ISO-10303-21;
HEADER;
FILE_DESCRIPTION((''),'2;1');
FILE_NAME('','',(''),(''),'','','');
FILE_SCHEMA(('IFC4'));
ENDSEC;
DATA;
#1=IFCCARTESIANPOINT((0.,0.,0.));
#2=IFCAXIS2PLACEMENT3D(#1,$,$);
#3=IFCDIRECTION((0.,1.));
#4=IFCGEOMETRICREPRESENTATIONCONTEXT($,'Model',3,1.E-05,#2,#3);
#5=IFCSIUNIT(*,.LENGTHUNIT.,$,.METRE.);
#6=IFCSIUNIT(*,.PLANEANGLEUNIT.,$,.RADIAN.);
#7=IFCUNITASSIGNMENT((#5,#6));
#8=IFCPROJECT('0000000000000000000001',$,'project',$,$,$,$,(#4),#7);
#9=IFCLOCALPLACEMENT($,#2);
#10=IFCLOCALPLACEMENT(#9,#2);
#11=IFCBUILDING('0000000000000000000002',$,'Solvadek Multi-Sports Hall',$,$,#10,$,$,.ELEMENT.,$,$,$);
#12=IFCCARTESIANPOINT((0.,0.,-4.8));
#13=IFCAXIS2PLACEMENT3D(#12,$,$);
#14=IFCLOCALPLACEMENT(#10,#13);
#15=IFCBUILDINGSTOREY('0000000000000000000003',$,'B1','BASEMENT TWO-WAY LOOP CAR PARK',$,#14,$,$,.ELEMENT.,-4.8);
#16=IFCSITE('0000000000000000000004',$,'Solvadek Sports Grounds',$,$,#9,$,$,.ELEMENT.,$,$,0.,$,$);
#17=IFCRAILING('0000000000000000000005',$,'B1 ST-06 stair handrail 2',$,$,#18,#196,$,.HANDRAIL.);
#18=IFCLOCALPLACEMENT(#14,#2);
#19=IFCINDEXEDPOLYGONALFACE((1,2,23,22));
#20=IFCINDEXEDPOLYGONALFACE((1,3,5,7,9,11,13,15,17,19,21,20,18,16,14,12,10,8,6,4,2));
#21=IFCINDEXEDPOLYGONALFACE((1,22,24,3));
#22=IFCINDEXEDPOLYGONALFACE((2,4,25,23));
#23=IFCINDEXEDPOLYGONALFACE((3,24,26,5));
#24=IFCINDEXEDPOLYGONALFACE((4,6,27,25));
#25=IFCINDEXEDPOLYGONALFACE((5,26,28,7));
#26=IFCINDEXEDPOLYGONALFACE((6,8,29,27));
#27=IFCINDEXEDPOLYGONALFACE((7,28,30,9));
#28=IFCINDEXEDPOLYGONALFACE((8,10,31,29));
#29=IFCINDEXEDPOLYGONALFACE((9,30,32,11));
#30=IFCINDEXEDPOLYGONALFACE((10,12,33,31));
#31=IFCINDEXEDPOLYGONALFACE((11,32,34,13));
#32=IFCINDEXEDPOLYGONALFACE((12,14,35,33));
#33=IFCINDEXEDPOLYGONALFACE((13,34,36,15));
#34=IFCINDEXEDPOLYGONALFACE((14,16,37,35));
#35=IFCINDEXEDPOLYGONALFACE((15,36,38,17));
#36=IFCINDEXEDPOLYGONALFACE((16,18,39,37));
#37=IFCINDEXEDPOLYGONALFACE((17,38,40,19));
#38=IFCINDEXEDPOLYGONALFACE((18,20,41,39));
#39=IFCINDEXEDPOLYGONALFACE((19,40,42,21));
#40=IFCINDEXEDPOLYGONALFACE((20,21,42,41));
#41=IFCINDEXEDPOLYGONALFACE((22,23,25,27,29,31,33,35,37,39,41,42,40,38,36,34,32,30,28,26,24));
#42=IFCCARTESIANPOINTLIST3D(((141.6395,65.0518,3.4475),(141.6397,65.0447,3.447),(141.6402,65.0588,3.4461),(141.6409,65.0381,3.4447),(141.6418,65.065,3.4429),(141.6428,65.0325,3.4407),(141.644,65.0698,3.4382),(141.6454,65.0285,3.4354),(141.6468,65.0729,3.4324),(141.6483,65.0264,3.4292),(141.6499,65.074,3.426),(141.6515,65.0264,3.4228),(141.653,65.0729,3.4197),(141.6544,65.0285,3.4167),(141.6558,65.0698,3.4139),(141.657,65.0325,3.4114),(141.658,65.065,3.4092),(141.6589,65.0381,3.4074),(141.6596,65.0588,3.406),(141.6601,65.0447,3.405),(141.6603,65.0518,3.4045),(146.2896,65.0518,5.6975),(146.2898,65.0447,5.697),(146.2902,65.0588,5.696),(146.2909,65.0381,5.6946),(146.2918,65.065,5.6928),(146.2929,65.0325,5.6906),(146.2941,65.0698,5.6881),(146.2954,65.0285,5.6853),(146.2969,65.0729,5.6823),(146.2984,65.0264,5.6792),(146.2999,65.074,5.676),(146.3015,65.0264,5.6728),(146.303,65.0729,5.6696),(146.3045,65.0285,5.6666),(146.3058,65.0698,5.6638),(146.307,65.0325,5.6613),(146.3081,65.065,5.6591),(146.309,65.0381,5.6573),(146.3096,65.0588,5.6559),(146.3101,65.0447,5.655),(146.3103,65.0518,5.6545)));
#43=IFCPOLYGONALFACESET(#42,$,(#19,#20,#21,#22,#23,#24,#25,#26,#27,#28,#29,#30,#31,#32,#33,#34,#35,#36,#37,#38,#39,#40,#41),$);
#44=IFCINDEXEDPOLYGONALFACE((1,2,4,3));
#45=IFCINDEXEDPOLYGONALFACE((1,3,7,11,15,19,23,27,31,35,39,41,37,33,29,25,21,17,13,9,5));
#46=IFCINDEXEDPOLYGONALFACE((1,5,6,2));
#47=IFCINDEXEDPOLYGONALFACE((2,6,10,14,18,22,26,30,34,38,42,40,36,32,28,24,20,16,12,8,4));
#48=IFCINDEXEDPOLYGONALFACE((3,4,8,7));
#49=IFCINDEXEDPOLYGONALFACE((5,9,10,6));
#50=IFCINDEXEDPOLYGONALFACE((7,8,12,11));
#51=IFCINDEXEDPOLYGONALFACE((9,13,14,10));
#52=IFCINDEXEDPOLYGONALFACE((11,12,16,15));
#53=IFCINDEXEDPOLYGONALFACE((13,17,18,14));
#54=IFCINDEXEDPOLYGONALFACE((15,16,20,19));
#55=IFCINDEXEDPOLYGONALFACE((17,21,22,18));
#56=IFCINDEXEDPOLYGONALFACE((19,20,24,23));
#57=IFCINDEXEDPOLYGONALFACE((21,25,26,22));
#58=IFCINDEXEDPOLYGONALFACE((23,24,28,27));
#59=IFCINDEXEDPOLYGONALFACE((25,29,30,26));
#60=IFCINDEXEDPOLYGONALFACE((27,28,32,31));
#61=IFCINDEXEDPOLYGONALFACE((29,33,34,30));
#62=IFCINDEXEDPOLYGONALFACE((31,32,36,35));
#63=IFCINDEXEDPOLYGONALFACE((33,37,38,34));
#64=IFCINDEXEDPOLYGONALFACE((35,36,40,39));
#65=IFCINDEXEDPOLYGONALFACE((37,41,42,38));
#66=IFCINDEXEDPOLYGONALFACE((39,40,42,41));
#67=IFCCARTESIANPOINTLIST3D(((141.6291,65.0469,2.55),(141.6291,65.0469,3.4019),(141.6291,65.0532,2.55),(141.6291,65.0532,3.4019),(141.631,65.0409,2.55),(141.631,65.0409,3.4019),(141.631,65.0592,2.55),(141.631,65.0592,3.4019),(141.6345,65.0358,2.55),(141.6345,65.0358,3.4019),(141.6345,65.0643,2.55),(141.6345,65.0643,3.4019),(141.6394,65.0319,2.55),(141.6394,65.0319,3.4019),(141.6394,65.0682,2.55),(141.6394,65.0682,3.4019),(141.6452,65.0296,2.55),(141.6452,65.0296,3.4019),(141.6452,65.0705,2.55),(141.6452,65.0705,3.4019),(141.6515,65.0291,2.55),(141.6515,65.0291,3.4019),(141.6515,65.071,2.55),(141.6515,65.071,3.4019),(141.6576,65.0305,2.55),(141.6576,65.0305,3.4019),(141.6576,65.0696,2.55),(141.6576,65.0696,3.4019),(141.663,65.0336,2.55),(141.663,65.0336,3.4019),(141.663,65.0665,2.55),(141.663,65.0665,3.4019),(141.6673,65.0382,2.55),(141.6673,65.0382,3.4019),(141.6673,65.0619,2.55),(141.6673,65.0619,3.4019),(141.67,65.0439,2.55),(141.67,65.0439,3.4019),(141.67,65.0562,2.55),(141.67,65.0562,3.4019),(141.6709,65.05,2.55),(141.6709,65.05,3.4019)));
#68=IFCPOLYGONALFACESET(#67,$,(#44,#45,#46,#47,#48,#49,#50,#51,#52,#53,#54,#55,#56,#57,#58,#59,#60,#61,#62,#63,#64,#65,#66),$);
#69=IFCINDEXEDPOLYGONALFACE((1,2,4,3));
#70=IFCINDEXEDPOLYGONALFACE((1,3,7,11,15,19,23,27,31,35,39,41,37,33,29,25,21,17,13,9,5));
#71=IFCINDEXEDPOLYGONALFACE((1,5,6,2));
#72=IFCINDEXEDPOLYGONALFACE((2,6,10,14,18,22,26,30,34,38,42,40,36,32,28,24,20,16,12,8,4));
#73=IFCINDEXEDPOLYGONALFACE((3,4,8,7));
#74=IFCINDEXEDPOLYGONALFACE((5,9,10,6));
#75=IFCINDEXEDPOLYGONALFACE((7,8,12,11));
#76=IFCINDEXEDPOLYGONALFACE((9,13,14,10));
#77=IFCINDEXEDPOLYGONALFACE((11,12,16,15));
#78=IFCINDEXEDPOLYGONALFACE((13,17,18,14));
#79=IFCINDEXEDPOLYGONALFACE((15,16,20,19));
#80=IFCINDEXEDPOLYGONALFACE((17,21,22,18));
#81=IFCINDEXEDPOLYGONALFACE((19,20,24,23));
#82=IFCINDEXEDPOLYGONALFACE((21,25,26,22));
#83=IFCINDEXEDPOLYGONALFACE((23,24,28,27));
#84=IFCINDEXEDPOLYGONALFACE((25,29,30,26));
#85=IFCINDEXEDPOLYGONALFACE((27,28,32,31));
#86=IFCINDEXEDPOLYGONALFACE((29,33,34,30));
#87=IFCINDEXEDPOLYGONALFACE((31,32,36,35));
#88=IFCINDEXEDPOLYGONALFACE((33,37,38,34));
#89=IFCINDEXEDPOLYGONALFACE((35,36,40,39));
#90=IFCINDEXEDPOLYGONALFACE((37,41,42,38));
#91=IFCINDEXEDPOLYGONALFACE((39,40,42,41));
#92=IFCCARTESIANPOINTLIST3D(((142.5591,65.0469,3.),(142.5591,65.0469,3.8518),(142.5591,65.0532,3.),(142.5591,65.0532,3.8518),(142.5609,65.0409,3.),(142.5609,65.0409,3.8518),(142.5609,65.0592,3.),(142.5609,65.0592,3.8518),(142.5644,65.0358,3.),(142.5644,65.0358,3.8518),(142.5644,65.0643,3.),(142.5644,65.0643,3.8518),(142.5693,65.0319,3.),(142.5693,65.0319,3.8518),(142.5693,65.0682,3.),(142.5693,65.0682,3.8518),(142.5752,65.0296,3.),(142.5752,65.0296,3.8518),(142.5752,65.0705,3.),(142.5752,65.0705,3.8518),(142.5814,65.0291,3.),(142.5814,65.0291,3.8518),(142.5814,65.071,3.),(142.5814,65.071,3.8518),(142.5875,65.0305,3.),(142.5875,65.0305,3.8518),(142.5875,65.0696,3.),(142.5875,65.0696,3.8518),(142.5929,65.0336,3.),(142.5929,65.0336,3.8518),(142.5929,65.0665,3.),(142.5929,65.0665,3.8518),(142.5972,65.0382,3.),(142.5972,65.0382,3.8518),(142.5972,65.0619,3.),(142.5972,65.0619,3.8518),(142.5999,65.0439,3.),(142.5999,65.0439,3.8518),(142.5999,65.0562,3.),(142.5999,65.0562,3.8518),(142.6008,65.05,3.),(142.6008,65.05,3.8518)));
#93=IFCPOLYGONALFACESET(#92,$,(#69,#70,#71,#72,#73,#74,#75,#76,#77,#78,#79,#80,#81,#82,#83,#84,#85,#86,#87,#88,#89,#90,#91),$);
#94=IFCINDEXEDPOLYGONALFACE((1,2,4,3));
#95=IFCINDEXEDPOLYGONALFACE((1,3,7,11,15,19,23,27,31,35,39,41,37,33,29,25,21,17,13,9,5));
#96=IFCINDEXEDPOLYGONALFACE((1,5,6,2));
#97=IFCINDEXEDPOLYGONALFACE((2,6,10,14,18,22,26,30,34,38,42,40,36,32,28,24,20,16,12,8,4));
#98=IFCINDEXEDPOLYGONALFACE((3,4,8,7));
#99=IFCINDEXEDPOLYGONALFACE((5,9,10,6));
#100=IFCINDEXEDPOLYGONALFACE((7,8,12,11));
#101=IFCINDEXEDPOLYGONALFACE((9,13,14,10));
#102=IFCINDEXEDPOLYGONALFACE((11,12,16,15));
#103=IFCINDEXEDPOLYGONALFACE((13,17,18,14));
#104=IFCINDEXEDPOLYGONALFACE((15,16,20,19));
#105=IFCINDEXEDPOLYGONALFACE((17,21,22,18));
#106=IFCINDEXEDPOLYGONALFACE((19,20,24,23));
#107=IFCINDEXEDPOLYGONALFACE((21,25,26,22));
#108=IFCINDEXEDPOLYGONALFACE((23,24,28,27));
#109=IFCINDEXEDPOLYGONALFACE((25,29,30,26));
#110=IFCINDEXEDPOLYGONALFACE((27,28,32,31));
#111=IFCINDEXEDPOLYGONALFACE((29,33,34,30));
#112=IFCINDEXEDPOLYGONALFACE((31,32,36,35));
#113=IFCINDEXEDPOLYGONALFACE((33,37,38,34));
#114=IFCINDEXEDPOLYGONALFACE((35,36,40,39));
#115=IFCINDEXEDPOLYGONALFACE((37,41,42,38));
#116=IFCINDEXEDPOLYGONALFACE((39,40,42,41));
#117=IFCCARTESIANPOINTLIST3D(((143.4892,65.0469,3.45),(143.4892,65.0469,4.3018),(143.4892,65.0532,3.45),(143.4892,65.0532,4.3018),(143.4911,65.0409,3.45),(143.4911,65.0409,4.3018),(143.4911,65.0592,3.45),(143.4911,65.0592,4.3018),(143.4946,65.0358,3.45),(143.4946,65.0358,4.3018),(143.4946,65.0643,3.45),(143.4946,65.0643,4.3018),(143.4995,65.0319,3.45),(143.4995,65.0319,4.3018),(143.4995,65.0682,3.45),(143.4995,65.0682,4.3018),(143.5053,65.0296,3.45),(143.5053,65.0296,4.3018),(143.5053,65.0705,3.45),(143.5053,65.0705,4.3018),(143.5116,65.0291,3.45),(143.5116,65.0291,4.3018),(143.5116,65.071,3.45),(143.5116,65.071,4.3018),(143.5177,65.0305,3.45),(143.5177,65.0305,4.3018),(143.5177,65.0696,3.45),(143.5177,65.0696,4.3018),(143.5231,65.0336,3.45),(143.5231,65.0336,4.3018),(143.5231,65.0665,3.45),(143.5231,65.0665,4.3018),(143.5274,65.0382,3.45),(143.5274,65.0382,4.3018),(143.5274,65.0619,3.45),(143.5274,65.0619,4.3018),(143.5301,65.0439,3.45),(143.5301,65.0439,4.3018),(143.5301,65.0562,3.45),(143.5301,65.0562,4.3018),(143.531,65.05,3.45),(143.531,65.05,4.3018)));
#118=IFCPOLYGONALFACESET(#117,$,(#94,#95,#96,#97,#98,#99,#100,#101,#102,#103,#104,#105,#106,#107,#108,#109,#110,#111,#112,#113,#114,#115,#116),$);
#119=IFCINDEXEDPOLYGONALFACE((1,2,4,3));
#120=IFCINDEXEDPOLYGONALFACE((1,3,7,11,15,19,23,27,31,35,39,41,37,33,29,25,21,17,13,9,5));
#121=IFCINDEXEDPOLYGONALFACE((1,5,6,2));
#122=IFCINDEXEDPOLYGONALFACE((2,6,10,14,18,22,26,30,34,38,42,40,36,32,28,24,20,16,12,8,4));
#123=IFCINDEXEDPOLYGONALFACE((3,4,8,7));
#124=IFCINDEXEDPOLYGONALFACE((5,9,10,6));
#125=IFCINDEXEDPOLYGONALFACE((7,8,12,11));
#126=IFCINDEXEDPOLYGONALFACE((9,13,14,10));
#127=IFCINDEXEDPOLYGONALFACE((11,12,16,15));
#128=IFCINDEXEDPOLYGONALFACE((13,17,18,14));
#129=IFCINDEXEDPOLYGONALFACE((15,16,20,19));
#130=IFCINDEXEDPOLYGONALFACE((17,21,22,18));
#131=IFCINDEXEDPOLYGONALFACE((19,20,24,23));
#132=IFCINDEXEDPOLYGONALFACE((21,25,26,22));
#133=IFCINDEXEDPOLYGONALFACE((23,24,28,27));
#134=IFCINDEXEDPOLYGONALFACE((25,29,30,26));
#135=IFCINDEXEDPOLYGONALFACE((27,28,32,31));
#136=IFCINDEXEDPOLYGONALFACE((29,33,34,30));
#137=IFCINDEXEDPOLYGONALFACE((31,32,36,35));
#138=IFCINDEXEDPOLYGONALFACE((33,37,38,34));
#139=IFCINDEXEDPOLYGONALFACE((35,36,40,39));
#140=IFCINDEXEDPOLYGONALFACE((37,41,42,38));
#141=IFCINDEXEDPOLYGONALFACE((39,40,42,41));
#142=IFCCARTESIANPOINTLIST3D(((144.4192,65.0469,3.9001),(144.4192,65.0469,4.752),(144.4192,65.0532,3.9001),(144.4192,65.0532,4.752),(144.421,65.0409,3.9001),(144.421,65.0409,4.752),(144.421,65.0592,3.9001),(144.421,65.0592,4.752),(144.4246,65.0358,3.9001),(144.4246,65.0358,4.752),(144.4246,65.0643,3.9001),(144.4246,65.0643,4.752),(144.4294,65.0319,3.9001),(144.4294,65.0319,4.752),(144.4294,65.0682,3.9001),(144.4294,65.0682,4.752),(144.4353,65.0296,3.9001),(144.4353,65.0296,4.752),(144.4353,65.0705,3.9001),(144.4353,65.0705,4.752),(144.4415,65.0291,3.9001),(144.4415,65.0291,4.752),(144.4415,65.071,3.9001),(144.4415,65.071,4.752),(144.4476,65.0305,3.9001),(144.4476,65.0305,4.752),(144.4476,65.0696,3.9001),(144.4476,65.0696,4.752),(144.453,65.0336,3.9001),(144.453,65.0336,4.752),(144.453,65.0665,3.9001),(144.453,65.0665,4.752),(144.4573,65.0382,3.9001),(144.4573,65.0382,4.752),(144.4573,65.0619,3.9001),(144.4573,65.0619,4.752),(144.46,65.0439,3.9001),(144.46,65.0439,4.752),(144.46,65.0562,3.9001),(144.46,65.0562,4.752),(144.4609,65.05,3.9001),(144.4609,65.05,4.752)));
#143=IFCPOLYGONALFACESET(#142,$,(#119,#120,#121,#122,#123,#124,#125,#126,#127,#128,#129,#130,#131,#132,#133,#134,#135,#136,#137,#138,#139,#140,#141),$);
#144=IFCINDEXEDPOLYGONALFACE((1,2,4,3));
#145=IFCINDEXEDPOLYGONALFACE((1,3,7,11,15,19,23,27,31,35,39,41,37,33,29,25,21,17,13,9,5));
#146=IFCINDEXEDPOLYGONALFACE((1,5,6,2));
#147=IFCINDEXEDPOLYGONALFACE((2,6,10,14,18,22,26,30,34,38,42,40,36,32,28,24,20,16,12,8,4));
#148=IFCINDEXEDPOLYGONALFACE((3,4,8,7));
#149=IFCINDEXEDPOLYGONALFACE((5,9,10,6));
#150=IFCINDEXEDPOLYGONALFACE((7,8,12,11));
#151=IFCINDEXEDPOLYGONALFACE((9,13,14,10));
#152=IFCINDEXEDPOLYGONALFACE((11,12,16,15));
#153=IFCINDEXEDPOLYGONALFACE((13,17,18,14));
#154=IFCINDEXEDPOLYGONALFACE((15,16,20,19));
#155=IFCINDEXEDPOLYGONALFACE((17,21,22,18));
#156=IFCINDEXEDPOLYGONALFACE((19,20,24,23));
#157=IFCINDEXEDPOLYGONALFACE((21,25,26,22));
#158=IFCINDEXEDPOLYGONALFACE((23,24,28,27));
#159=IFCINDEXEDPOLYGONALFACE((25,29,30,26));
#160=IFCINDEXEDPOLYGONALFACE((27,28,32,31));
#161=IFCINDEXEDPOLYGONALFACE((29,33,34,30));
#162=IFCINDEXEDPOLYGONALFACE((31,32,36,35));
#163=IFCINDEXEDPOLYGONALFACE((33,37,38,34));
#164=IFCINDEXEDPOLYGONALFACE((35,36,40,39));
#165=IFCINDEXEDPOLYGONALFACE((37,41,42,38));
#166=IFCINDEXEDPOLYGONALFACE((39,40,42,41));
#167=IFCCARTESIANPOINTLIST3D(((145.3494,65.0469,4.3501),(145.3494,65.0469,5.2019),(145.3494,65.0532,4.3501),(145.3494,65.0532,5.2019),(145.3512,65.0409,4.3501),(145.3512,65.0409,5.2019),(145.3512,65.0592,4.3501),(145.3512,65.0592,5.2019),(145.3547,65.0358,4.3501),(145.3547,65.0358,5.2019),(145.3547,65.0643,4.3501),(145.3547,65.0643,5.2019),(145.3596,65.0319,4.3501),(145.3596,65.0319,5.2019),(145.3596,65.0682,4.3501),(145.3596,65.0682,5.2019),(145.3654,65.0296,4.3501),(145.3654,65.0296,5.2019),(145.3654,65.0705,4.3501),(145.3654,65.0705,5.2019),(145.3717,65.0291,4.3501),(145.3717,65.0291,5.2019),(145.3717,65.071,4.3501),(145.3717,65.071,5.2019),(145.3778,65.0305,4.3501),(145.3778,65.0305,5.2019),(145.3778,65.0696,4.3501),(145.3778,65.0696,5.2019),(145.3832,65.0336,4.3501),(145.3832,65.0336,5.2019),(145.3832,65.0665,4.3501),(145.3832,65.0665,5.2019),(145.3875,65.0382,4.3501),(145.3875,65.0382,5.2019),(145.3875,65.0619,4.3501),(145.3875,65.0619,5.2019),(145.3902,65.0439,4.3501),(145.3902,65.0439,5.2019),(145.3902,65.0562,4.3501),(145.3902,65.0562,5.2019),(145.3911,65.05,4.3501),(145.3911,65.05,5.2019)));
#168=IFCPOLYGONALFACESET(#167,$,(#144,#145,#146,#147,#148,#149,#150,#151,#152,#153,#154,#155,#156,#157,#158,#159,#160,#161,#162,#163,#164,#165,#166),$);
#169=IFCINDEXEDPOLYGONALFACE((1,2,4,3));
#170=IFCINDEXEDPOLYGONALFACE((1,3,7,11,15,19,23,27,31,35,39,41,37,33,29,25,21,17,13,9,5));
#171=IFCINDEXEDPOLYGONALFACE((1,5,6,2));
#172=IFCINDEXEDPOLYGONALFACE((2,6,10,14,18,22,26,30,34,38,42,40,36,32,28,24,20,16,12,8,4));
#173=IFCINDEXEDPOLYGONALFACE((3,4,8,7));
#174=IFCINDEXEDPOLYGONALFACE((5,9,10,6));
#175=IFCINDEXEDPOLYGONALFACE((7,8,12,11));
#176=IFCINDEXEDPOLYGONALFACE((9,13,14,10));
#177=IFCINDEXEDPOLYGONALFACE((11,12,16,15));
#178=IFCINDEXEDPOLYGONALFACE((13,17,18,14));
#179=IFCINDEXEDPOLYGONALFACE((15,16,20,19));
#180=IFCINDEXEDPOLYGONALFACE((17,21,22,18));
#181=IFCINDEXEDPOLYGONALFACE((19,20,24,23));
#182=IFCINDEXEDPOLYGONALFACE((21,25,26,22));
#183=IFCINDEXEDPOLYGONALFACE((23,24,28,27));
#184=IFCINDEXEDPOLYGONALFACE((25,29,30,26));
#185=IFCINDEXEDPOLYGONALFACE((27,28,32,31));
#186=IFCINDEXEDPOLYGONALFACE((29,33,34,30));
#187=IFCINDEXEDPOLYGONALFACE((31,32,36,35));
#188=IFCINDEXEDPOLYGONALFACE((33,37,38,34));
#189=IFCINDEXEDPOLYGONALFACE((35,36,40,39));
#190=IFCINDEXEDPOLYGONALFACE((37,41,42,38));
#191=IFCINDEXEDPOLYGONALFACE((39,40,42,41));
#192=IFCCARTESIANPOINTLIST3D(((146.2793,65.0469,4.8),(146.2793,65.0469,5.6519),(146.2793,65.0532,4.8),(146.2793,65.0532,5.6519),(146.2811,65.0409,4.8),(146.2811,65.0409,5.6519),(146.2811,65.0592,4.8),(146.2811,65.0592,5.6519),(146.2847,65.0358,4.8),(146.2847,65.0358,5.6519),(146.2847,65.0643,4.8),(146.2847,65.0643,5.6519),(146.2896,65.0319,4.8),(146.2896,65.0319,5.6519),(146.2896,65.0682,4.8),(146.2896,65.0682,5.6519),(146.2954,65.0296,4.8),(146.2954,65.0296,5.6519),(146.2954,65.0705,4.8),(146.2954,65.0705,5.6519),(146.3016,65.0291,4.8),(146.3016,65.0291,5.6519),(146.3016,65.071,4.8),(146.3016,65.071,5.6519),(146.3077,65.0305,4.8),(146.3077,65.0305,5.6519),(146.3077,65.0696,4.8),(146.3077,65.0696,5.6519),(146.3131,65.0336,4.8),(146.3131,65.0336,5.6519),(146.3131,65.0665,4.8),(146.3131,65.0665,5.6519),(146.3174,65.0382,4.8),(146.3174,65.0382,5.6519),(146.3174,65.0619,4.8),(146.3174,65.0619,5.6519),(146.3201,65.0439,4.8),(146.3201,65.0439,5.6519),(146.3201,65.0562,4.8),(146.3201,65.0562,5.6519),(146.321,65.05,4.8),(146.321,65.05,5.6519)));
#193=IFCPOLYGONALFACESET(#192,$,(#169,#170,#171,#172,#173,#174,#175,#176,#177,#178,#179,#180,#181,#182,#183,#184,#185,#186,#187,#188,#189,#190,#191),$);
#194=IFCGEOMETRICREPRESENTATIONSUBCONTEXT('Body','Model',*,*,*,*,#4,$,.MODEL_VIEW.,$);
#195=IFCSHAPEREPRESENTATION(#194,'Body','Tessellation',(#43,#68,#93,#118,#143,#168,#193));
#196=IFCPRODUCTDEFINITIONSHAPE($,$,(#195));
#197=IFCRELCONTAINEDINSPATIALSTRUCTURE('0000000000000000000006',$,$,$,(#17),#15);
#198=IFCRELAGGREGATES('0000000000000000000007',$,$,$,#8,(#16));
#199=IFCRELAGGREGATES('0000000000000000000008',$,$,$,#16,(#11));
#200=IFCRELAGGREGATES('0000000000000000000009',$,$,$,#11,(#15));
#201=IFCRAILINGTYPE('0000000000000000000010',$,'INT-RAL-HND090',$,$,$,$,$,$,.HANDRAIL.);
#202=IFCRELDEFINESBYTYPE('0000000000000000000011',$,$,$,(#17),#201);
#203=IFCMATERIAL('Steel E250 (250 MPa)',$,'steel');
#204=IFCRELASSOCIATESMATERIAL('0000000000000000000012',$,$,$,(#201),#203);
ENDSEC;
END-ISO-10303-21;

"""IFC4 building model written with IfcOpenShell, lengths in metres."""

from ifc_helpers import new_model, si_unit, direction, frame, origin, origin_2d, place, context, subcontext, project, spatial, circle, extrude, material, type_object, element, save


model = new_model("IFC4")

# Units and contexts
model_context = context("Model", 3, precision=1e-05, world=origin(), true_north=direction((0.0, 1.0)))
body_context = subcontext(model_context, "Body", "Model", "MODEL_VIEW")
ifc_project = project(units=[si_unit("LENGTHUNIT", "METRE"), si_unit("PLANEANGLEUNIT", "RADIAN")], contexts=[model_context])

# Site, building, storey
site_placement = place(None, origin())
site = spatial("IfcSite", under=ifc_project, at=site_placement, Name="Solvadek Sports Grounds", CompositionType="ELEMENT", RefElevation=0.0)
building_placement = place(site_placement, origin())
building = spatial("IfcBuilding", under=site, at=building_placement, Name="Solvadek Multi-Sports Hall", CompositionType="ELEMENT")
storey_placement = place(building_placement, frame((0.0, 0.0, -4.8)))
storey = spatial("IfcBuildingStorey", under=building, at=storey_placement, Name="B1", Description="BASEMENT TWO-WAY LOOP CAR PARK", CompositionType="ELEMENT", Elevation=-4.8)

# Shared definitions
ifc_material_1 = material(Name="Steel E250 (250 MPa)", Category="steel")

# Railing
railing_type = type_object("IfcRailingType", Name="INT-RAL-HND090", PredefinedType="HANDRAIL", material=ifc_material_1)
railing_placement = place(storey_placement, frame((141.6499, 65.05, 2.55)))
element("IfcRailing", 1, at=railing_placement, inside=storey, type_object=railing_type, Name="B1 ST-06 stair handrail 2", PredefinedType="HANDRAIL", context=body_context, shape_type="SweptSolid", body=[
    extrude(circle(Radius=0.0239, at=origin_2d()), frame((0.0, 0.0, 0.876), z_axis=(0.900165, 0.0, 0.43555), x_axis=(0.0, 1.0, 0.0)), (0.0, 0.0, 1.0), 5.1658),
    extrude(circle(Radius=0.021, at=origin_2d()), origin(), (0.0, 0.0, 1.0), 0.8518),
    extrude(circle(Radius=0.021, at=origin_2d()), frame((0.9299, 0.0, 0.45)), (0.0, 0.0, 1.0), 0.8518),
    extrude(circle(Radius=0.021, at=origin_2d()), frame((1.8601, 0.0, 0.8999)), (0.0, 0.0, 1.0), 0.8518),
    extrude(circle(Radius=0.021, at=origin_2d()), frame((2.79, 0.0, 1.3501)), (0.0, 0.0, 1.0), 0.8518),
    extrude(circle(Radius=0.021, at=origin_2d()), frame((3.7202, 0.0, 1.8)), (0.0, 0.0, 1.0), 0.8518),
    extrude(circle(Radius=0.021, at=origin_2d()), frame((4.6501, 0.0, 2.25)), (0.0, 0.0, 1.0), 0.8518),
])

save(model, "model.ifc")
